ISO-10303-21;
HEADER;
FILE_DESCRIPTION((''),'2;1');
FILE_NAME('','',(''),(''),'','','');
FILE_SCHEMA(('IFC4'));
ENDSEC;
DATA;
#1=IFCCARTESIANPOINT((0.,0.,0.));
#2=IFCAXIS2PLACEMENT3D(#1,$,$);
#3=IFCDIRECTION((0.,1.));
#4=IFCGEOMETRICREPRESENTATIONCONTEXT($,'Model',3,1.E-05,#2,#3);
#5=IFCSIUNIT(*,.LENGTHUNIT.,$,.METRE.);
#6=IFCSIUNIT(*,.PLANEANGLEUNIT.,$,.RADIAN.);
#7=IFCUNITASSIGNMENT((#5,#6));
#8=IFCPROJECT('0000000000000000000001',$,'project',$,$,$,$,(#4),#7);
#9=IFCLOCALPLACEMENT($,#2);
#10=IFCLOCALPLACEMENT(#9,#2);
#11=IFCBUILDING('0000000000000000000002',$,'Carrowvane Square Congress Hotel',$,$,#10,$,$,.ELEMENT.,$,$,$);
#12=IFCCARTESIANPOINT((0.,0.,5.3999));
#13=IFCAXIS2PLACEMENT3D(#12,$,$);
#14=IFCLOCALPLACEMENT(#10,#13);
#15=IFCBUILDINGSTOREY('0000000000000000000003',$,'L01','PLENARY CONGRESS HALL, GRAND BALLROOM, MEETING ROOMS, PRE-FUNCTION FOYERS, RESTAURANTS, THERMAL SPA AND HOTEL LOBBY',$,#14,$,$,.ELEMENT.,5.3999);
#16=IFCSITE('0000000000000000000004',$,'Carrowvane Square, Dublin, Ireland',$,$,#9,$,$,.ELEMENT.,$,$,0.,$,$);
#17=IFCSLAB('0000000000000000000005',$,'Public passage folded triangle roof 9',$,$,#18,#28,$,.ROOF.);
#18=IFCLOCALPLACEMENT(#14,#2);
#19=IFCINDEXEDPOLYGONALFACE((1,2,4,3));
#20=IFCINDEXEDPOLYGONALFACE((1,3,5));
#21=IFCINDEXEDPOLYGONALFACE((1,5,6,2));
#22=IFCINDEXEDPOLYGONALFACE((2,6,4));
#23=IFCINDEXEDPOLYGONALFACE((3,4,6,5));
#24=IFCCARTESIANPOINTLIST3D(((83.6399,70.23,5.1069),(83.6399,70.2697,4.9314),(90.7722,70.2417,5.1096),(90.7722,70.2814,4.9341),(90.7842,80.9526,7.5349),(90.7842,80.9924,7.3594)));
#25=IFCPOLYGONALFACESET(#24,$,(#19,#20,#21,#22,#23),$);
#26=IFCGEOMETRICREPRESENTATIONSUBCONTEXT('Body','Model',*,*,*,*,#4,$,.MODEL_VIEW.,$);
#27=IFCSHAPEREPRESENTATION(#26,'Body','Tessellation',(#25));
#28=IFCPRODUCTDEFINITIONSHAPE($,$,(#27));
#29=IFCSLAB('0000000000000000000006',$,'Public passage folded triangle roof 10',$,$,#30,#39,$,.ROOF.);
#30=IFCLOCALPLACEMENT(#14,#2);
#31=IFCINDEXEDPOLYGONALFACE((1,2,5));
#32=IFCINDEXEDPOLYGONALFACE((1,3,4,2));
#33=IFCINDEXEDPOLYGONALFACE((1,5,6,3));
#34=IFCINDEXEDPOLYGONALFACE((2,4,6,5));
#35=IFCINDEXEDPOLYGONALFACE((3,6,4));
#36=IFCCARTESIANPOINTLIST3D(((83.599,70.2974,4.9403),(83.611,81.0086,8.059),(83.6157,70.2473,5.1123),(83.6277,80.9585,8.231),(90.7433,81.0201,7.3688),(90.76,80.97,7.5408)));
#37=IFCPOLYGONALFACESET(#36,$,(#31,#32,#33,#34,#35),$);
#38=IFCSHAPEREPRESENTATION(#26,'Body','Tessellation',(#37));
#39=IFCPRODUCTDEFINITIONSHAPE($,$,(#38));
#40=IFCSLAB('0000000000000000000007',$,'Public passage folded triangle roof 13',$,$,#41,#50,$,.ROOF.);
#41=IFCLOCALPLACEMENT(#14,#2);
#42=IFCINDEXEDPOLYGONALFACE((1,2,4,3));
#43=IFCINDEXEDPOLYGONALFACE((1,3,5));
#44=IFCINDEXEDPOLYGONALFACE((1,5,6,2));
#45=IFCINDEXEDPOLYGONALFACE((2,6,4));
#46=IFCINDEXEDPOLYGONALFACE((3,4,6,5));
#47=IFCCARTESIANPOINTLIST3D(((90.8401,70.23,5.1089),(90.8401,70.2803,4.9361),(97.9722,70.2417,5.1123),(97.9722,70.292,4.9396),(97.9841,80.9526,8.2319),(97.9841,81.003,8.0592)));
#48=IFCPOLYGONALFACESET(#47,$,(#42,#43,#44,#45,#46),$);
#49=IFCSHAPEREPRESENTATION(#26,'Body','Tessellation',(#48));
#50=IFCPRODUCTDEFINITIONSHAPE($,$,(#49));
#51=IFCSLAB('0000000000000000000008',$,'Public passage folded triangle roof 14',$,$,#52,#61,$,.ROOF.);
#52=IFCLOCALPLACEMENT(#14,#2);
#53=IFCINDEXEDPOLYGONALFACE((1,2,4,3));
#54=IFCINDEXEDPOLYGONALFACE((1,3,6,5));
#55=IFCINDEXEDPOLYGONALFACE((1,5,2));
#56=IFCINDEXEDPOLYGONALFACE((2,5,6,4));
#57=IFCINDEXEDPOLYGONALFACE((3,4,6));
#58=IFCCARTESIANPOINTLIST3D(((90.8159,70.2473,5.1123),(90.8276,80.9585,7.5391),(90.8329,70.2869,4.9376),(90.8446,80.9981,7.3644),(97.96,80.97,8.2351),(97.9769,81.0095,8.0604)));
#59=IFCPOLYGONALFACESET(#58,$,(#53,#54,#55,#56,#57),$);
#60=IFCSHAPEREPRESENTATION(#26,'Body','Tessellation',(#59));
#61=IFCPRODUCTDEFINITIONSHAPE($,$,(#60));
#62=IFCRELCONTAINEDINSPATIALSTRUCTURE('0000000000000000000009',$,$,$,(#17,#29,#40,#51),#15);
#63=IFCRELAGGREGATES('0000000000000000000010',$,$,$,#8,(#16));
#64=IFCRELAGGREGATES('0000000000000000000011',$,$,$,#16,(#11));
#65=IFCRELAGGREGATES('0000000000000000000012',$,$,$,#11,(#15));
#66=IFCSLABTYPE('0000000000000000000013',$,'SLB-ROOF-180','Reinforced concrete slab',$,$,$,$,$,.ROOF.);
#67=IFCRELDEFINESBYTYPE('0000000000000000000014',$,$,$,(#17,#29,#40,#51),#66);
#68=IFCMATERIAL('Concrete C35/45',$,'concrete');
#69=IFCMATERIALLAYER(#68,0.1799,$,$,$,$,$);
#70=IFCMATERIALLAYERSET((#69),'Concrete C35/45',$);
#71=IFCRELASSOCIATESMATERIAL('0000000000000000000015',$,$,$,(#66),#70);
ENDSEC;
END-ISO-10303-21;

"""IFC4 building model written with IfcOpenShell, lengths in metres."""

from ifc_helpers import new_model, si_unit, direction, frame, origin, place, context, subcontext, project, spatial, polyline, outline, extrude, material, layer, layer_set, type_object, element, save


model = new_model("IFC4")

# Units and contexts
model_context = context("Model", 3, precision=1e-05, world=origin(), true_north=direction((0.0, 1.0)))
body_context = subcontext(model_context, "Body", "Model", "MODEL_VIEW")
ifc_project = project(units=[si_unit("LENGTHUNIT", "METRE"), si_unit("PLANEANGLEUNIT", "RADIAN")], contexts=[model_context])

# Site, building, storey
site_placement = place(None, origin())
site = spatial("IfcSite", under=ifc_project, at=site_placement, Name="Carrowvane Square, Dublin, Ireland", CompositionType="ELEMENT", RefElevation=0.0)
building_placement = place(site_placement, origin())
building = spatial("IfcBuilding", under=site, at=building_placement, Name="Carrowvane Square Congress Hotel", CompositionType="ELEMENT")
storey_placement = place(building_placement, frame((0.0, 0.0, 5.3999)))
storey = spatial("IfcBuildingStorey", under=building, at=storey_placement, Name="L01", Description="PLENARY CONGRESS HALL, GRAND BALLROOM, MEETING ROOMS, PRE-FUNCTION FOYERS, RESTAURANTS, THERMAL SPA AND HOTEL LOBBY", CompositionType="ELEMENT", Elevation=5.3999)

# Slabs
ifc_material_1 = material(Name="Concrete C35/45", Category="concrete")
ifc_layer_1 = layer(ifc_material_1, 0.1799)
ifc_layer_set_1 = layer_set([ifc_layer_1], Name="Concrete C35/45")
slab_type = type_object("IfcSlabType", Name="SLB-ROOF-180", Description="Reinforced concrete slab", PredefinedType="ROOF", material=ifc_layer_set_1)
slab_1_placement = place(storey_placement, frame((83.6399, 70.23, 5.1069), z_axis=(-0.000004, -0.220841, 0.97531), x_axis=(0.999999, 0.001643, 0.000377)))
element("IfcSlab", 1, at=slab_1_placement, inside=storey, type_object=slab_type, Name="Public passage folded triangle roof 9", PredefinedType="ROOF", context=body_context, shape_type="SweptSolid", body=[
    extrude(outline(polyline([(0.0, 0.0), (7.1323, 0.0), (7.1628, 10.9821), (0.0, 0.0)])), origin(), (0.0, 0.0, -1.0), 0.1799),
])
slab_2_placement = place(storey_placement, frame((83.6157, 70.2473, 5.1123), z_axis=(0.092954, -0.278436, 0.955946), x_axis=(0.544884, 0.8178, 0.185215)))
element("IfcSlab", 2, at=slab_2_placement, inside=storey, type_object=slab_type, Name="Public passage folded triangle roof 10", PredefinedType="ROOF", context=body_context, shape_type="SweptSolid", body=[
    extrude(outline(polyline([(0.0, 0.0), (13.1116, 0.0), (9.3437, 6.0951), (0.0, 0.0)])), origin(), (0.0, 0.0, -1.0), 0.1799),
])
slab_3_placement = place(storey_placement, frame((90.8401, 70.23, 5.1089), z_axis=(-0.000001, -0.279637, 0.960106), x_axis=(0.999999, 0.001643, 0.000479)))
element("IfcSlab", 3, at=slab_3_placement, inside=storey, type_object=slab_type, Name="Public passage folded triangle roof 13", PredefinedType="ROOF", context=body_context, shape_type="SweptSolid", body=[
    extrude(outline(polyline([(0.0, 0.0), (7.1321, 0.0), (7.1631, 11.156), (0.0, 0.0)])), origin(), (0.0, 0.0, -1.0), 0.1799),
])
slab_4_placement = place(storey_placement, frame((90.8159, 70.2473, 5.1123), z_axis=(-0.094401, -0.219878, 0.970949), x_axis=(0.538863, 0.808792, 0.235548)))
element("IfcSlab", 4, at=slab_4_placement, inside=storey, type_object=slab_type, Name="Public passage folded triangle roof 14", PredefinedType="ROOF", context=body_context, shape_type="SweptSolid", body=[
    extrude(outline(polyline([(0.0, 0.0), (13.2576, 0.0), (9.241, 5.9348), (0.0, 0.0)])), origin(), (0.0, 0.0, -1.0), 0.1799),
])

save(model, "model.ifc")
